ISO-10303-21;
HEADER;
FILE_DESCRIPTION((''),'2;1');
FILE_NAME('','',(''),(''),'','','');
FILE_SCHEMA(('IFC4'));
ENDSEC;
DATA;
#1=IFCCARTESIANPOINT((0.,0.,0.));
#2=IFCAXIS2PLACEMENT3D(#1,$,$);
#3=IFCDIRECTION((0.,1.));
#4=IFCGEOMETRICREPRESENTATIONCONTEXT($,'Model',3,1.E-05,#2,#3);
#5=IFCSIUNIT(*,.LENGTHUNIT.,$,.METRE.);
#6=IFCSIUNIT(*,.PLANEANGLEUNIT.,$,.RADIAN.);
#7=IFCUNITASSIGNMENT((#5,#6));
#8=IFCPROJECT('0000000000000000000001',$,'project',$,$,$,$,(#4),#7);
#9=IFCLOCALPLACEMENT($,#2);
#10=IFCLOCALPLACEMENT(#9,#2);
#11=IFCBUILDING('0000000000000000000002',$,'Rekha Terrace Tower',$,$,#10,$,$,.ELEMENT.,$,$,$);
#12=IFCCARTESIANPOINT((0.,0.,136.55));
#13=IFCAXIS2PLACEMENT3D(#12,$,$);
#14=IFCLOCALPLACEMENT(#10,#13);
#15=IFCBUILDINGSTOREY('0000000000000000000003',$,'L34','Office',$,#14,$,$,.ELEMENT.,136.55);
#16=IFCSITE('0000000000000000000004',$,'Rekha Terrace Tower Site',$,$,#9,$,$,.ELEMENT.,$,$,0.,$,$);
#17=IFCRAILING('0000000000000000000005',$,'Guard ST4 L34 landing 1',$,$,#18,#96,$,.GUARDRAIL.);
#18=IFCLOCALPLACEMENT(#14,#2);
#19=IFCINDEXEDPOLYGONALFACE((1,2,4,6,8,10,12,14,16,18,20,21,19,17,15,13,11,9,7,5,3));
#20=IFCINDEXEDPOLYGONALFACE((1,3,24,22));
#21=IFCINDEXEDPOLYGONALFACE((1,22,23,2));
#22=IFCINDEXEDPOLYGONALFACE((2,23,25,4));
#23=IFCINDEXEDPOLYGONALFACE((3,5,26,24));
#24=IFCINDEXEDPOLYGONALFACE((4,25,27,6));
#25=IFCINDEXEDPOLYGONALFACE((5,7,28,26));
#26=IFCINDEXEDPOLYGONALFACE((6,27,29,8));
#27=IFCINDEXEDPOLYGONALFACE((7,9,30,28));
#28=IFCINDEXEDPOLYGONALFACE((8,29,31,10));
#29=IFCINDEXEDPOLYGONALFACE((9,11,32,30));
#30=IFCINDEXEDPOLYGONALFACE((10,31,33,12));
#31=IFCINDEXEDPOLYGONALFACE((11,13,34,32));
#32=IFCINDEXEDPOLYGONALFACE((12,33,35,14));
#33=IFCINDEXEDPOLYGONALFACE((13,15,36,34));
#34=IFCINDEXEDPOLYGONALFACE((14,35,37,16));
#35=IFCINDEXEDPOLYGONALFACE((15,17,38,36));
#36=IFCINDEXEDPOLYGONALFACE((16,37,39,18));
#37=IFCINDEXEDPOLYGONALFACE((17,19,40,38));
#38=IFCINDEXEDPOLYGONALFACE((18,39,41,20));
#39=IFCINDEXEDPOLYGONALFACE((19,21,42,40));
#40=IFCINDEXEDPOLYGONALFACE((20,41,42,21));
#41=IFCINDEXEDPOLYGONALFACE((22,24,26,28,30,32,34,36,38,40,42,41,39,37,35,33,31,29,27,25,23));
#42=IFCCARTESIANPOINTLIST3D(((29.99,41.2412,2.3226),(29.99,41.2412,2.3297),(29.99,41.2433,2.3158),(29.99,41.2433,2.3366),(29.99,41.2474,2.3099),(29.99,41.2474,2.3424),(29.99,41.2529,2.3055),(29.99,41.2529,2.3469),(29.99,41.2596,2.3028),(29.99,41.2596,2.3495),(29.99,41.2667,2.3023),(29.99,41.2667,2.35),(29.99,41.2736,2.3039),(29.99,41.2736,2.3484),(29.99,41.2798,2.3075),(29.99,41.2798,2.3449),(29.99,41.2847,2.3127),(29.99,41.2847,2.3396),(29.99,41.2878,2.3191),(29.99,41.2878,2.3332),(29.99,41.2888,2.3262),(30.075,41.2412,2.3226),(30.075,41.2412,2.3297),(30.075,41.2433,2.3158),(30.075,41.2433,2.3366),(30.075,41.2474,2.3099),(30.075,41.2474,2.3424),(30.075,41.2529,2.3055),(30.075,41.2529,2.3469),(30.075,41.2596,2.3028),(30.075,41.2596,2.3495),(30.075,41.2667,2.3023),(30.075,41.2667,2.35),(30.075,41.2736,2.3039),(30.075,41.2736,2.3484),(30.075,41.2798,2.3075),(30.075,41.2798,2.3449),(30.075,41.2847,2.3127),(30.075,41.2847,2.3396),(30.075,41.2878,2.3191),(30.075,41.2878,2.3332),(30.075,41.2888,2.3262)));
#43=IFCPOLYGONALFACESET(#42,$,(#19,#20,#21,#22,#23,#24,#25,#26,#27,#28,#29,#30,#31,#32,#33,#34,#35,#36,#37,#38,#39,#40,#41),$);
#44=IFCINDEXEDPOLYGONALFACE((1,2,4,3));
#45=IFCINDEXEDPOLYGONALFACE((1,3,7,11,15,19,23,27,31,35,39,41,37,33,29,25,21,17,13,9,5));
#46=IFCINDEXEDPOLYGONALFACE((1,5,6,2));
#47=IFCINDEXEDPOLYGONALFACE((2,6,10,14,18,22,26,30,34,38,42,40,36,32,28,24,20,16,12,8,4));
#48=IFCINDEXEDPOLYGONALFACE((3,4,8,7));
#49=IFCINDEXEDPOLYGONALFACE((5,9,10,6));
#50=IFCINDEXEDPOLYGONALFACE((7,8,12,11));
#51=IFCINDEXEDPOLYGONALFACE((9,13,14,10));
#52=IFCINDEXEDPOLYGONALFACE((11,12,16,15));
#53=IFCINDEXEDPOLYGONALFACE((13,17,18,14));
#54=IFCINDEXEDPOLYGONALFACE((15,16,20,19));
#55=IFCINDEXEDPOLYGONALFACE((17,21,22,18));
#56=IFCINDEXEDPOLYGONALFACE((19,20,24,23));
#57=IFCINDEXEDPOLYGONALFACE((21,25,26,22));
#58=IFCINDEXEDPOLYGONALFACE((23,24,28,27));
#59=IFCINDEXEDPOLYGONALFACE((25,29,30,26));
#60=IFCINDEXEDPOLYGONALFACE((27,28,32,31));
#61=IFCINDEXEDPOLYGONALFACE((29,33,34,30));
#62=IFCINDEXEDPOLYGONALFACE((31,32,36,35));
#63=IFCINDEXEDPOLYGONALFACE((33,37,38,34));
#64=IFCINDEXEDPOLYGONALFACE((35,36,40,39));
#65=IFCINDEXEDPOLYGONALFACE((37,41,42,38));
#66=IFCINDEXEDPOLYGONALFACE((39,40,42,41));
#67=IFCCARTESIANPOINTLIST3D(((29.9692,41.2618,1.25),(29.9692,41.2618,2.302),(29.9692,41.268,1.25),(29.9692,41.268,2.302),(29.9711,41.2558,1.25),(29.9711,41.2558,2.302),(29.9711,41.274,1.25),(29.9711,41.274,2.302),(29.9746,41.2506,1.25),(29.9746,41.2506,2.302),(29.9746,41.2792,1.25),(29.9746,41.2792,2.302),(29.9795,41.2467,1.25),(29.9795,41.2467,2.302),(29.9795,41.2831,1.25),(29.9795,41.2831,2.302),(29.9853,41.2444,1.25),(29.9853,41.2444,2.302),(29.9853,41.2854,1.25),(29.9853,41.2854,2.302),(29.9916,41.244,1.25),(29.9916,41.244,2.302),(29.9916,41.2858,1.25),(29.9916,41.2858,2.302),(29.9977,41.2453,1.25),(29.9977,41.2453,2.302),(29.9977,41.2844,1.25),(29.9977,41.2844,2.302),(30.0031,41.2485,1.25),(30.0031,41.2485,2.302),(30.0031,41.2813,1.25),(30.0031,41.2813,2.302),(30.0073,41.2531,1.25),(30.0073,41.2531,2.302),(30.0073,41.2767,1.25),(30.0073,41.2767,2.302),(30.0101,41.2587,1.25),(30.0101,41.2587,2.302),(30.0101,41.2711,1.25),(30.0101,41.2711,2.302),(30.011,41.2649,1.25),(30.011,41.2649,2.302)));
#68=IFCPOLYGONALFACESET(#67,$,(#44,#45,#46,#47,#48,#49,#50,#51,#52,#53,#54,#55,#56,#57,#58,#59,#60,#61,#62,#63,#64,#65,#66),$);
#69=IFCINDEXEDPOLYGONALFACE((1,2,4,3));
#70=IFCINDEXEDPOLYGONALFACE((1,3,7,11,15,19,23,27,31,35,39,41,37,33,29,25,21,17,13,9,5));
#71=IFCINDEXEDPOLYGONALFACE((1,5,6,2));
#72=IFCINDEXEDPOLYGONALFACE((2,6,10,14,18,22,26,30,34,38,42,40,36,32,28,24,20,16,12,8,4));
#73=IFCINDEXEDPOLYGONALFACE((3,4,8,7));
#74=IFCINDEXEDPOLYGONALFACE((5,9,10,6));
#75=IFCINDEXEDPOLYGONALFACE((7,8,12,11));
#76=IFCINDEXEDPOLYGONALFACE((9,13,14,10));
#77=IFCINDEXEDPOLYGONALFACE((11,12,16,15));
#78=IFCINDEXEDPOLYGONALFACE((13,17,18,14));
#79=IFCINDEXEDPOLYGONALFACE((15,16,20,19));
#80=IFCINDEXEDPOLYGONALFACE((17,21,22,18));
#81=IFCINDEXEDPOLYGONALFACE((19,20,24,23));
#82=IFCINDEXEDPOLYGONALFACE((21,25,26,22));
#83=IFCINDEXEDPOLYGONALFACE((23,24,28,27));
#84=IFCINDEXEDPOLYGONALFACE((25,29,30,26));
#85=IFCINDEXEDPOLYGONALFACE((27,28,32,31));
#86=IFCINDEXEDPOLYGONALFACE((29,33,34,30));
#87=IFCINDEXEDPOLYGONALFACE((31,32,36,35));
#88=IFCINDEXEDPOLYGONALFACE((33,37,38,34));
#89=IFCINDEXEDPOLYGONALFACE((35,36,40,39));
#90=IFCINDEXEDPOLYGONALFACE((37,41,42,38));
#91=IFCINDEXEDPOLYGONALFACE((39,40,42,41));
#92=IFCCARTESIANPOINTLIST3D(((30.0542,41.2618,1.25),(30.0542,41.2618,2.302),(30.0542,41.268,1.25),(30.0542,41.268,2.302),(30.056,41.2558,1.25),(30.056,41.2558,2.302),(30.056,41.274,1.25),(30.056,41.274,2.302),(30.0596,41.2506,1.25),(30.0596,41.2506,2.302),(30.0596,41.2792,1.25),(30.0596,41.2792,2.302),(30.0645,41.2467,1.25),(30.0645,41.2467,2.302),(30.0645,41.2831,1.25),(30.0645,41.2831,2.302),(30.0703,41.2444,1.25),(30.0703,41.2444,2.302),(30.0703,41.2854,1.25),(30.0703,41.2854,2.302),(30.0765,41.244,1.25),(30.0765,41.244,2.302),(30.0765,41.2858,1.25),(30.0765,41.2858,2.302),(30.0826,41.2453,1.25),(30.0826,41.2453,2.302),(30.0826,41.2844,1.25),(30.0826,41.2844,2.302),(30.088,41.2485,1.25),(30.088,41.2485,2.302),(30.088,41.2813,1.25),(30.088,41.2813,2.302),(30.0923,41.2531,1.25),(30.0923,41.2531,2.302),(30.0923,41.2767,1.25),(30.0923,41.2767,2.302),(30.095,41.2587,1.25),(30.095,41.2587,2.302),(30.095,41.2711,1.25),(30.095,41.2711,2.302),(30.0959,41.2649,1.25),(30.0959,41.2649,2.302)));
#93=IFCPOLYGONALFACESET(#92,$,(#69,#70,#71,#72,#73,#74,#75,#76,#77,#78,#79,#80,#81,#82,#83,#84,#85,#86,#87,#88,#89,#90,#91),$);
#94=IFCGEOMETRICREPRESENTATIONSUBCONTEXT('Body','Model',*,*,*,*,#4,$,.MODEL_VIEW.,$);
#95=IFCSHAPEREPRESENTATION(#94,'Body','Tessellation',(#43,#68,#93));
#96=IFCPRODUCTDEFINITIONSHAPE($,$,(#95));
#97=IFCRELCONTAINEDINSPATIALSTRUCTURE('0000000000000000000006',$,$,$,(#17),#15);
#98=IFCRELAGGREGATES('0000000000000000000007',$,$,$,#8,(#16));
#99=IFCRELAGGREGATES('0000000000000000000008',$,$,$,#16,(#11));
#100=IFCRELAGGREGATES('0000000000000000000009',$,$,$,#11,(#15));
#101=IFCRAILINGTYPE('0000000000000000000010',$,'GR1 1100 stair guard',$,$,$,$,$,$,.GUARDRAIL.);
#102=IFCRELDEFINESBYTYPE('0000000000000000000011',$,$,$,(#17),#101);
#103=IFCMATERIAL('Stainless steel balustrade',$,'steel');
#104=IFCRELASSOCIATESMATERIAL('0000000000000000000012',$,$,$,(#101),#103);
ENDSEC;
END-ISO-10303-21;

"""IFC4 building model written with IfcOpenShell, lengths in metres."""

from ifc_helpers import new_model, si_unit, direction, frame, origin, origin_2d, place, context, subcontext, project, spatial, circle, extrude, material, type_object, element, save


model = new_model("IFC4")

# Units and contexts
model_context = context("Model", 3, precision=1e-05, world=origin(), true_north=direction((0.0, 1.0)))
body_context = subcontext(model_context, "Body", "Model", "MODEL_VIEW")
ifc_project = project(units=[si_unit("LENGTHUNIT", "METRE"), si_unit("PLANEANGLEUNIT", "RADIAN")], contexts=[model_context])

# Site, building, storey
site_placement = place(None, origin())
site = spatial("IfcSite", under=ifc_project, at=site_placement, Name="Rekha Terrace Tower Site", CompositionType="ELEMENT", RefElevation=0.0)
building_placement = place(site_placement, origin())
building = spatial("IfcBuilding", under=site, at=building_placement, Name="Rekha Terrace Tower", CompositionType="ELEMENT")
storey_placement = place(building_placement, frame((0.0, 0.0, 136.55)))
storey = spatial("IfcBuildingStorey", under=building, at=storey_placement, Name="L34", Description="Office", CompositionType="ELEMENT", Elevation=136.55)

# Railing
ifc_material_1 = material(Name="Stainless steel balustrade", Category="steel")
railing_type_1 = type_object("IfcRailingType", Name="GR1 1100 stair guard", PredefinedType="GUARDRAIL", material=ifc_material_1)
railing_1_placement = place(storey_placement, frame((29.99, 41.2649, 1.25)))
element("IfcRailing", 1, at=railing_1_placement, inside=storey, type_object=railing_type_1, Name="Guard ST4 L34 landing 1", PredefinedType="GUARDRAIL", context=body_context, shape_type="SweptSolid", body=[
    extrude(circle(Radius=0.0239, at=origin_2d()), frame((0.0, 0.0, 1.0762), z_axis=(1.0, 0.0, 0.0), x_axis=(0.0, 1.0, 0.0)), (0.0, 0.0, 1.0), 0.085),
    extrude(circle(Radius=0.021, at=origin_2d()), origin(), (0.0, 0.0, 1.0), 1.052),
    extrude(circle(Radius=0.021, at=origin_2d()), frame((0.085, 0.0, 0.0)), (0.0, 0.0, 1.0), 1.052),
])

save(model, "model.ifc")
